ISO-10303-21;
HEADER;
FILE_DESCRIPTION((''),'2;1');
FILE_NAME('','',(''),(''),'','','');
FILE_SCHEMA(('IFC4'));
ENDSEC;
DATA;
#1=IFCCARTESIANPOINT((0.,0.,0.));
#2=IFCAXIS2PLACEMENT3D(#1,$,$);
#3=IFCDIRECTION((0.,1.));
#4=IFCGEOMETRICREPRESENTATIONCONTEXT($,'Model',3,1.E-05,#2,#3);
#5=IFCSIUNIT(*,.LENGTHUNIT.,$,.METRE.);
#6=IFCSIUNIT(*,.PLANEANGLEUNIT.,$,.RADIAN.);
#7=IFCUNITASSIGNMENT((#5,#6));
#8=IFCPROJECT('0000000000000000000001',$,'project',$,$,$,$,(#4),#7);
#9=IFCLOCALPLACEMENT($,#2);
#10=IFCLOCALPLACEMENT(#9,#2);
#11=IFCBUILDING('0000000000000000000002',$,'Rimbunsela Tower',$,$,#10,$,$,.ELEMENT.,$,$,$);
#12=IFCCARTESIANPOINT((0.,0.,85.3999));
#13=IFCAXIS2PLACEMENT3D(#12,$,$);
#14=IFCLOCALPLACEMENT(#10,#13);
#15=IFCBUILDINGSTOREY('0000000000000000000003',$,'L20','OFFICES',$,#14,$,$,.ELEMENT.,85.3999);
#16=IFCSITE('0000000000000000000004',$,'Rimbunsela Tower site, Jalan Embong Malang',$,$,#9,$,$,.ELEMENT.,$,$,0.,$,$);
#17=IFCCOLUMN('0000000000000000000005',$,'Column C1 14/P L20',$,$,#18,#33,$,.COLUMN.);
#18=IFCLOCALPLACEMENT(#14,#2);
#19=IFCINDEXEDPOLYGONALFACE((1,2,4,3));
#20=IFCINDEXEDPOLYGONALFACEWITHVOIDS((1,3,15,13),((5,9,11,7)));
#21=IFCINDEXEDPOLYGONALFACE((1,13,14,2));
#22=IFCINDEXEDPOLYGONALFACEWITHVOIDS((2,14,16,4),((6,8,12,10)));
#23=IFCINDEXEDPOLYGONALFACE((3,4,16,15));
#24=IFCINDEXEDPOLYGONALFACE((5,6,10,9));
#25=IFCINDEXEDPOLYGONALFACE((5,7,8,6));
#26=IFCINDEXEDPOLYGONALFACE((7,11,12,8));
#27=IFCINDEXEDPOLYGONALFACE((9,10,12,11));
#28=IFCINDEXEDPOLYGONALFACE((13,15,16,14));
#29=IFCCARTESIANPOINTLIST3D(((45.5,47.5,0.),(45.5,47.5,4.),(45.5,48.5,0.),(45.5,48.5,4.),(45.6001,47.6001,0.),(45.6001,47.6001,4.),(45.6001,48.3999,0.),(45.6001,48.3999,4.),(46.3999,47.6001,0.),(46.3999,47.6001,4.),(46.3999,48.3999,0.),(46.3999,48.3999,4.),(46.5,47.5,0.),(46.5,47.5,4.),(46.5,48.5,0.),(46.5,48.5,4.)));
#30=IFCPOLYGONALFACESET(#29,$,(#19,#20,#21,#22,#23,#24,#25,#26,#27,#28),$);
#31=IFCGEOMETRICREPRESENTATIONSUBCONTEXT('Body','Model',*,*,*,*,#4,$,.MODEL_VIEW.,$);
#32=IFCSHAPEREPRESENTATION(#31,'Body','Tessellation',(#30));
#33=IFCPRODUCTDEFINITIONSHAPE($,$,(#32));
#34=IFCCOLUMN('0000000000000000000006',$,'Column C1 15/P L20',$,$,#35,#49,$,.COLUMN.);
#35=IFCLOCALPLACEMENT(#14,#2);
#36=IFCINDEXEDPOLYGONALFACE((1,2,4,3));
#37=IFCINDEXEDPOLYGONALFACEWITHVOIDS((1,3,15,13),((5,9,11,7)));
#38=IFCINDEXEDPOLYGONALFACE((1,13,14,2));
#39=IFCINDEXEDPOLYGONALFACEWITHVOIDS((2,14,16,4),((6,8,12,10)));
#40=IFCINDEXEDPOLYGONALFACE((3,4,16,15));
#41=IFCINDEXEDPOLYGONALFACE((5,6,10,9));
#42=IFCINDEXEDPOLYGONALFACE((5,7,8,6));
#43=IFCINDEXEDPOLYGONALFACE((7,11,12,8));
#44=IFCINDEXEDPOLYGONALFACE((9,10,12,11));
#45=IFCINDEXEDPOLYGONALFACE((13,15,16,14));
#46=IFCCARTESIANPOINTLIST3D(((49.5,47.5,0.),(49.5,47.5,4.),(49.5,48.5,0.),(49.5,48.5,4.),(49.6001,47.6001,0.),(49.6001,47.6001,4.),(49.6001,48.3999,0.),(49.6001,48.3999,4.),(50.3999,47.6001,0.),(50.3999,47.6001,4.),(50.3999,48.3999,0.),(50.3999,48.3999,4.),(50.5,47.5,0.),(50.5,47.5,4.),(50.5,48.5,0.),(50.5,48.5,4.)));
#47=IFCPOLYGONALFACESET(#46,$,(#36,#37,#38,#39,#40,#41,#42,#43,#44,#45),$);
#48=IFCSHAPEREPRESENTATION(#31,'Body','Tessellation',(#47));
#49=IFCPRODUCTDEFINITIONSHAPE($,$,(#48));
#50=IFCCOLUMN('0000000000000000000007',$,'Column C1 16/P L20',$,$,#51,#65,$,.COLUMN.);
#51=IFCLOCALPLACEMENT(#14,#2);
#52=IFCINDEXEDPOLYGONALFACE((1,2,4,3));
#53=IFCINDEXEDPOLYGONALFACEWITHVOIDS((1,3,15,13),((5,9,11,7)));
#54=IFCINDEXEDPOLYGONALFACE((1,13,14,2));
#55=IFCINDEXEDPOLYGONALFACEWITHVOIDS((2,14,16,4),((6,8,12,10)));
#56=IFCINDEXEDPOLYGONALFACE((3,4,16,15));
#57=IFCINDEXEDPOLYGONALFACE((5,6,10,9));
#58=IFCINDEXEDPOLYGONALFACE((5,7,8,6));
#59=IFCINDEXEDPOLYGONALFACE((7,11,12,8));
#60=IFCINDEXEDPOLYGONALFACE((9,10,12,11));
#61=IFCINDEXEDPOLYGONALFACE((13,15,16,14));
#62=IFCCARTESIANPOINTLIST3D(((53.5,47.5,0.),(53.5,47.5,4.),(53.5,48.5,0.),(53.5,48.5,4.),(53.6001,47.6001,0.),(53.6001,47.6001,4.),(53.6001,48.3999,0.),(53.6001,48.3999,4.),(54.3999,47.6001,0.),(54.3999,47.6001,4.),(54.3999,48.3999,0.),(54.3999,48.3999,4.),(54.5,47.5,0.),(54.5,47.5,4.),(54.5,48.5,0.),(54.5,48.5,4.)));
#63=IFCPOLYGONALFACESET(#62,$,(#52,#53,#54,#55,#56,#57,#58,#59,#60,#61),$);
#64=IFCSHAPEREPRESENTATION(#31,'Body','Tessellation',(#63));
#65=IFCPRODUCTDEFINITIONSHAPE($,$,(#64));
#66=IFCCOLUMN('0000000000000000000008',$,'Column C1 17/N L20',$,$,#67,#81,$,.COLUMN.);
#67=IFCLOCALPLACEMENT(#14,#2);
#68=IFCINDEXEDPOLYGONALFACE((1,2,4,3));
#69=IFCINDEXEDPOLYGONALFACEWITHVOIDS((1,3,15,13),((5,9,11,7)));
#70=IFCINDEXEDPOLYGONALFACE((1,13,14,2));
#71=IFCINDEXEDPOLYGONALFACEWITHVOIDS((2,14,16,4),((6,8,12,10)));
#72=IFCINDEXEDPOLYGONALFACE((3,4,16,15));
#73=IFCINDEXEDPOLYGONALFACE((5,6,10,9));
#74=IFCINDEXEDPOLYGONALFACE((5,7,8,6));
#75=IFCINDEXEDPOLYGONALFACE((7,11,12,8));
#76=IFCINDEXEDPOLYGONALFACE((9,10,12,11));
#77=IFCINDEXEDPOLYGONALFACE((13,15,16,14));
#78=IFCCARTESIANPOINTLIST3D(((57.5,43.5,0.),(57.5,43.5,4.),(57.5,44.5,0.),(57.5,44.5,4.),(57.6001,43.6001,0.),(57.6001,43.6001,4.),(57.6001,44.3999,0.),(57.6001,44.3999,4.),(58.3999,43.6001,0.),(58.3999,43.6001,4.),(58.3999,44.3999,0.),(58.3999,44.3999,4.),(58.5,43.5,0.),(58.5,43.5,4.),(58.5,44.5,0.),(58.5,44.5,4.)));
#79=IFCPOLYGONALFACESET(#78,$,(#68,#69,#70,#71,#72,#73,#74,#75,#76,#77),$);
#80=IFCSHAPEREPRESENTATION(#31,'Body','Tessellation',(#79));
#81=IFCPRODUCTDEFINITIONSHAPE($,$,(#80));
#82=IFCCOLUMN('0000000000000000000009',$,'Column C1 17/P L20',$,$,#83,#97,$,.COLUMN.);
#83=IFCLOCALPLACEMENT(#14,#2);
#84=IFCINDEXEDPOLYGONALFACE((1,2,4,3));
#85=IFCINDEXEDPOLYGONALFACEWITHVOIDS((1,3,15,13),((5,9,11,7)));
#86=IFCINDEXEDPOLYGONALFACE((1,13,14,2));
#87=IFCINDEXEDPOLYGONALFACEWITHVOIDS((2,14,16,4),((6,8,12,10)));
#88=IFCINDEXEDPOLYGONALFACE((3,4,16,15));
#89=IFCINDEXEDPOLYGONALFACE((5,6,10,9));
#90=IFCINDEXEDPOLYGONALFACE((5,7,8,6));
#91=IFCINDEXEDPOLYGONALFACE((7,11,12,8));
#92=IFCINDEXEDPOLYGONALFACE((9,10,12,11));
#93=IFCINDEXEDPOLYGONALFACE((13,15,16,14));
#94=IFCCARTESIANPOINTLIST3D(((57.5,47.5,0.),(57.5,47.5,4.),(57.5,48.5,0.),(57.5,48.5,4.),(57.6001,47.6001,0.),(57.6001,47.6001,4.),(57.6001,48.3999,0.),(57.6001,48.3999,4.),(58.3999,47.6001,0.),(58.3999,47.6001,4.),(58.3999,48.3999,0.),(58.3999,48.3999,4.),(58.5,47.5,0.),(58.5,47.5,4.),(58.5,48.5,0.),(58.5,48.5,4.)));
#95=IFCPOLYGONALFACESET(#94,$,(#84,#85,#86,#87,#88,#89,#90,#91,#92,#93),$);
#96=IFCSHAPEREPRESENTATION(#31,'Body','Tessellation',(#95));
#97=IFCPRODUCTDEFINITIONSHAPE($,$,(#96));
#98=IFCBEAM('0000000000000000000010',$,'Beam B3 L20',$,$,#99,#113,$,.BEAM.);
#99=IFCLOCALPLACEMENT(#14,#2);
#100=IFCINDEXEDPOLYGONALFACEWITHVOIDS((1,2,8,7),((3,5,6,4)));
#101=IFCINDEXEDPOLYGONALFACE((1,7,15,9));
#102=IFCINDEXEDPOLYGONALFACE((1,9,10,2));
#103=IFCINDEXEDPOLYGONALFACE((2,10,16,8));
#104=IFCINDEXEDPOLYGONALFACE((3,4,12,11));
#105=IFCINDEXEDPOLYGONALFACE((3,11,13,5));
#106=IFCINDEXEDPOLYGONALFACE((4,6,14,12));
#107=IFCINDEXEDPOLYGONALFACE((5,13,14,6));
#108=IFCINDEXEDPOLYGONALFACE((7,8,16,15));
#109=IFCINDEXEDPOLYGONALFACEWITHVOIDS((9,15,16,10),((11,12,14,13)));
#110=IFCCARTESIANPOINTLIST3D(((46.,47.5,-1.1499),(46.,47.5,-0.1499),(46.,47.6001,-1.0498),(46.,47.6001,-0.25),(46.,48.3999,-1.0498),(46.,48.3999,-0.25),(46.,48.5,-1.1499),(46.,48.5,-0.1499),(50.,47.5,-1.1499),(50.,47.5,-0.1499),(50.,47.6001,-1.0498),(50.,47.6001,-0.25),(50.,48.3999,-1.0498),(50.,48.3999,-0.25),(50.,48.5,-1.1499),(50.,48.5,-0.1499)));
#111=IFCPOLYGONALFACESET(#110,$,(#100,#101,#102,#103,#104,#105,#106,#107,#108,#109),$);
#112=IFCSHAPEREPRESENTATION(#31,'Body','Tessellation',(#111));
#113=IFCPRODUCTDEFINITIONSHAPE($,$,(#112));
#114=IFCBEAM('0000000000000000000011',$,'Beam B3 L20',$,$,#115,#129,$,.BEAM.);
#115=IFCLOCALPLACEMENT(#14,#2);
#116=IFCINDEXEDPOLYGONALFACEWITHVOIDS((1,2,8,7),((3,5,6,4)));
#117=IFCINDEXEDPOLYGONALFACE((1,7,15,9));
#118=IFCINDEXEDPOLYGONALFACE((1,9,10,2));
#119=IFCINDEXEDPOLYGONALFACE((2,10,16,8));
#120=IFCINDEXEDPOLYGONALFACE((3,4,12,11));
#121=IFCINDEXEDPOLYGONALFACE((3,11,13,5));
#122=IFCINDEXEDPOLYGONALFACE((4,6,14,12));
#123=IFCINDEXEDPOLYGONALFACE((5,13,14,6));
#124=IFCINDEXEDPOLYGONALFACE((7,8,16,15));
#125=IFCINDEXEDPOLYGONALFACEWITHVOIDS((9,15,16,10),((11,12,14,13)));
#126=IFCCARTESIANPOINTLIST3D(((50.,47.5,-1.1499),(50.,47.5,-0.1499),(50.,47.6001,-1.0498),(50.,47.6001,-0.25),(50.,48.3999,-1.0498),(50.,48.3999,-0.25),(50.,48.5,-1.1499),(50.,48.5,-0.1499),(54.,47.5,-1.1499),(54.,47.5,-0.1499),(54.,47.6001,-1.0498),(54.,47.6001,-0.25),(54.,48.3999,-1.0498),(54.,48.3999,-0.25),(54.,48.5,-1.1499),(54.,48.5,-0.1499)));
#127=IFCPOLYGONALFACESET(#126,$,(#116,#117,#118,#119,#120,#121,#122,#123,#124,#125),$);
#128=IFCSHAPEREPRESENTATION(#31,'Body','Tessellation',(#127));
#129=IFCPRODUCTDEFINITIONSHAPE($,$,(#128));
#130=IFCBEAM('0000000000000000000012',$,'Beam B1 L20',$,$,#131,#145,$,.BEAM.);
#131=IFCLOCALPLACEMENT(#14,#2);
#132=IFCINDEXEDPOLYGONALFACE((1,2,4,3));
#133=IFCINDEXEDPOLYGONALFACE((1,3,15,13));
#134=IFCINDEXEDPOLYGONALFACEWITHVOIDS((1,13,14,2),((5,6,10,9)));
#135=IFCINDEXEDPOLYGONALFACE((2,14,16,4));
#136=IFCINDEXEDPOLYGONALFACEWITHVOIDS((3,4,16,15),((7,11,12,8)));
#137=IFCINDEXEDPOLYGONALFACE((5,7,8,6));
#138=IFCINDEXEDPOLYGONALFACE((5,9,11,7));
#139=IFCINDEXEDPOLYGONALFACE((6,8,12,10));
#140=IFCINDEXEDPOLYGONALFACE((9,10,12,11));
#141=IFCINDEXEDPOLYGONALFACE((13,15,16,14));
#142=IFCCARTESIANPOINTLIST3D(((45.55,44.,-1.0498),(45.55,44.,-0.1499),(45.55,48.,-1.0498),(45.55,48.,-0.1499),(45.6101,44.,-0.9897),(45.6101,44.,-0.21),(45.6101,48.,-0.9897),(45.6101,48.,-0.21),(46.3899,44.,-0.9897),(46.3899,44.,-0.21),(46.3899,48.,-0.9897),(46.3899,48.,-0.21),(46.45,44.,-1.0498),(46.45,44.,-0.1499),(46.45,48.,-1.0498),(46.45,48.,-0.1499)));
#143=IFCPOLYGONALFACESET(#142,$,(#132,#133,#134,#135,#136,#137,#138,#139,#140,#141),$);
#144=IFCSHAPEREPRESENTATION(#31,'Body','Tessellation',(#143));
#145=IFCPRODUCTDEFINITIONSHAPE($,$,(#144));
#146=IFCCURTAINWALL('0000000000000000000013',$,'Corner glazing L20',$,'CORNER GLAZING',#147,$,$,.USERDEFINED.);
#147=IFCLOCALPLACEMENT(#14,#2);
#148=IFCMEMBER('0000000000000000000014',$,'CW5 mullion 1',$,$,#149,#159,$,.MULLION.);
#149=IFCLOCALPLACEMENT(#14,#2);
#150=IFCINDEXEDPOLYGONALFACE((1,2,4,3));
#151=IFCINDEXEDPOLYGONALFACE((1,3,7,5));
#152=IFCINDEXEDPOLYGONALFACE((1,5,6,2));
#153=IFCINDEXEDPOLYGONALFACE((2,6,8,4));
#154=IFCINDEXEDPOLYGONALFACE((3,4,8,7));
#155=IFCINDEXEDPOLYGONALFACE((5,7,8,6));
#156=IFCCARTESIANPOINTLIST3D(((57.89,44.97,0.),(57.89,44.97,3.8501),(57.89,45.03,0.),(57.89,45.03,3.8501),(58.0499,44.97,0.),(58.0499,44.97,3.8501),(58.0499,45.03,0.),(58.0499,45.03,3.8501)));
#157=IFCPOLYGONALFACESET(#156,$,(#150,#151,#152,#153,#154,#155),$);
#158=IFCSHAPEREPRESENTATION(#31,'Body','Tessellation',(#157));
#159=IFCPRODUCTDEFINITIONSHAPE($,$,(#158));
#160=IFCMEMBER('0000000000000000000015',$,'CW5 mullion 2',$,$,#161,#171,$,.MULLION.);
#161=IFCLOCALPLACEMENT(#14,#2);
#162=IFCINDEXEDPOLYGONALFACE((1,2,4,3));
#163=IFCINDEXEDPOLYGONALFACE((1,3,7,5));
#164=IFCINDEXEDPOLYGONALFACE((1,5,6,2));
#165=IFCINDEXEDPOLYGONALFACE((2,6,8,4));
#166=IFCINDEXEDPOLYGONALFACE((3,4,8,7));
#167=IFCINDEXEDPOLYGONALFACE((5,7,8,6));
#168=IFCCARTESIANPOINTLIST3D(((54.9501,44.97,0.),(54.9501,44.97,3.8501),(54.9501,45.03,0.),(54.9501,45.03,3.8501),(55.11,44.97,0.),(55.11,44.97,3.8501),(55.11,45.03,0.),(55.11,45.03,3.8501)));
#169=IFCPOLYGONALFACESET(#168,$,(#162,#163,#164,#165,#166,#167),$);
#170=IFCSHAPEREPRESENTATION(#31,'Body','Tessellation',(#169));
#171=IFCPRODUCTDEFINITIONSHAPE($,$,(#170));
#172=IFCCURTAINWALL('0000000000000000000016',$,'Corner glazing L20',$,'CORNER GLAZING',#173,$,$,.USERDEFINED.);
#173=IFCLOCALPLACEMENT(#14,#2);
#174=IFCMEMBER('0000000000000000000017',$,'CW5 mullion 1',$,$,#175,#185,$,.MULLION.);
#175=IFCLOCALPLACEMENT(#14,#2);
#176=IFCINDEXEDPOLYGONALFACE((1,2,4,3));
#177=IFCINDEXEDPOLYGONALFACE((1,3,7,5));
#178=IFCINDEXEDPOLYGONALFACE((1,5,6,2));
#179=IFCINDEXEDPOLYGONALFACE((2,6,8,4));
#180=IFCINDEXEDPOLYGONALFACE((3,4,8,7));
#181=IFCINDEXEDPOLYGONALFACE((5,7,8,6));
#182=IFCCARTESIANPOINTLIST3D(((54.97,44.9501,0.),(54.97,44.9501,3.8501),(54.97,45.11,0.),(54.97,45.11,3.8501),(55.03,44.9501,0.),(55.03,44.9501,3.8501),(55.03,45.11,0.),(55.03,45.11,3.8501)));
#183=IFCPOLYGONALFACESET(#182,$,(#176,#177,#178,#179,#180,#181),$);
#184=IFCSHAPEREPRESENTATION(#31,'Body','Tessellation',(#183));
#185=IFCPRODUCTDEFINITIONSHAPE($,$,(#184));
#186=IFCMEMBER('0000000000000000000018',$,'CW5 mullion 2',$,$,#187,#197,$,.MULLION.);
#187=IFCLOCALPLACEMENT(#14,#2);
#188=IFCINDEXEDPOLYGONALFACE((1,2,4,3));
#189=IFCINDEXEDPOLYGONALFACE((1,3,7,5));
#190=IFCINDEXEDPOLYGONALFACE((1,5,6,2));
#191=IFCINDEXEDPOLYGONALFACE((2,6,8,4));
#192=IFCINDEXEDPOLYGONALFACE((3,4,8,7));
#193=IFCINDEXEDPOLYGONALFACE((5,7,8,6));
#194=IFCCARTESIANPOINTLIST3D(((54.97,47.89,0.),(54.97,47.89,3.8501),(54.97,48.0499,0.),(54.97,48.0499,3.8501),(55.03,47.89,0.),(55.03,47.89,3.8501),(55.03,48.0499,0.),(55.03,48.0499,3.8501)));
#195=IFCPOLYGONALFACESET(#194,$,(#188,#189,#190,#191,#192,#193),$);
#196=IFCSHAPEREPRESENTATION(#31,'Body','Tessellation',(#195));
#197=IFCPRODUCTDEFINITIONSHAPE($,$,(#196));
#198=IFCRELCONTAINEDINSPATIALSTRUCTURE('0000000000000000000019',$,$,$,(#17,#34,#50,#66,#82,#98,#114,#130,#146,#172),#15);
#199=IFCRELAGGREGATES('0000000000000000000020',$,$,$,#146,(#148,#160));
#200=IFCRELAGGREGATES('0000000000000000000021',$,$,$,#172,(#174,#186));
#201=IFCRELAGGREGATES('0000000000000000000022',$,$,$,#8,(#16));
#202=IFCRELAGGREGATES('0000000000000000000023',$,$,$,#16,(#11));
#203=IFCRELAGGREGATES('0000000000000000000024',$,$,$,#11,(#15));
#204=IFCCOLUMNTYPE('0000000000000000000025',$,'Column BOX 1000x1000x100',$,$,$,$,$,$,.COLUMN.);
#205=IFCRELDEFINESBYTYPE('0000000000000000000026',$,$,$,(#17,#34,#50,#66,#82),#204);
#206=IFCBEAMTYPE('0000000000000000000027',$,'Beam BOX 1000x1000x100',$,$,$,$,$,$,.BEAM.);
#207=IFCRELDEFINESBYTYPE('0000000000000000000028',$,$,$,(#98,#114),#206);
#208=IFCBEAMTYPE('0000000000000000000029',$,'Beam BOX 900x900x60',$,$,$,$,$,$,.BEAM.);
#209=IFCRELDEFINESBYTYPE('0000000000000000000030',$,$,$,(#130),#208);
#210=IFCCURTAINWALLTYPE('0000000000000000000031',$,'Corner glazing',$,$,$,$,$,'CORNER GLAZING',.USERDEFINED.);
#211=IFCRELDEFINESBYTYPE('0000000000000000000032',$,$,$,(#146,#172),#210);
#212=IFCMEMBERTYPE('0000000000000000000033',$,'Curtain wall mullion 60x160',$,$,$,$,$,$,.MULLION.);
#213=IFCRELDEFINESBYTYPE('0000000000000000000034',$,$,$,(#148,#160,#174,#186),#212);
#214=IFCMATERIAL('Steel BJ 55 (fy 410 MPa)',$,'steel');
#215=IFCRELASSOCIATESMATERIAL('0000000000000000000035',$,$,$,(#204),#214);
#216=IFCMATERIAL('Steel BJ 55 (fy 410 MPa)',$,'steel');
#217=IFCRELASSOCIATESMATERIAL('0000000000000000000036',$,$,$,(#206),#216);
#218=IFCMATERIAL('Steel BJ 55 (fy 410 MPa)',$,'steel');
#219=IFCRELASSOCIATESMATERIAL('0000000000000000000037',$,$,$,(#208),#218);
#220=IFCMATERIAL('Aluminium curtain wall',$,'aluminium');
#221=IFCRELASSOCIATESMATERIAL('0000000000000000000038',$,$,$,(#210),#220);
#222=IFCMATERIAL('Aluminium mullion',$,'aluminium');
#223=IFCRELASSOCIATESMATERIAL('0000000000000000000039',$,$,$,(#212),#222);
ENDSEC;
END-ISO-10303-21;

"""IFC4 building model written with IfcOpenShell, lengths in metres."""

from ifc_helpers import new_model, si_unit, direction, frame, origin, origin_2d, place, context, subcontext, project, spatial, rectangle, hollow_rectangle, extrude, material, material_profile, profile_set, type_object, element, aggregate, save


model = new_model("IFC4")

# Units and contexts
model_context = context("Model", 3, precision=1e-05, world=origin(), true_north=direction((0.0, 1.0)))
body_context = subcontext(model_context, "Body", "Model", "MODEL_VIEW")
ifc_project = project(units=[si_unit("LENGTHUNIT", "METRE"), si_unit("PLANEANGLEUNIT", "RADIAN")], contexts=[model_context])

# Site, building, storey
site_placement = place(None, origin())
site = spatial("IfcSite", under=ifc_project, at=site_placement, Name="Rimbunsela Tower site, Jalan Embong Malang", CompositionType="ELEMENT", RefElevation=0.0)
building_placement = place(site_placement, origin())
building = spatial("IfcBuilding", under=site, at=building_placement, Name="Rimbunsela Tower", CompositionType="ELEMENT")
storey_placement = place(building_placement, frame((0.0, 0.0, 85.3999)))
storey = spatial("IfcBuildingStorey", under=building, at=storey_placement, Name="L20", Description="OFFICES", CompositionType="ELEMENT", Elevation=85.3999)

# Columns
ifc_material_1 = material(Name="Steel BJ 55 (fy 410 MPa)", Category="steel")
ifc_material_profile_1 = material_profile(ifc_material_1, hollow_rectangle(XDim=1.0, YDim=1.0, WallThickness=0.1001, at=origin_2d()), Name="BOX 1000x1000x100")
ifc_profile_set_1 = profile_set([ifc_material_profile_1], Name="Steel BJ 55 (fy 410 MPa)")
column_type = type_object("IfcColumnType", Name="Column BOX 1000x1000x100", PredefinedType="COLUMN", material=ifc_profile_set_1)
for number, where, z_axis, x_axis, name in (
    (1, (46.0, 48.0, 0.0), (0.0, 0.0, 1.0), (1.0, 0.0, 0.0), "Column C1 14/P L20"),
    (2, (50.0, 48.0, 0.0), (0.0, 0.0, 1.0), (1.0, 0.0, 0.0), "Column C1 15/P L20"),
    (3, (54.0, 48.0, 0.0), (0.0, 0.0, 1.0), (1.0, 0.0, 0.0), "Column C1 16/P L20"),
    (4, (58.0, 44.0, 0.0), (0.0, 0.0, 1.0), (1.0, 0.0, 0.0), "Column C1 17/N L20"),
    (5, (58.0, 48.0, 0.0), (0.0, 0.0, 1.0), (1.0, 0.0, 0.0), "Column C1 17/P L20"),
):
    element("IfcColumn", number, at=place(storey_placement, frame(where, z_axis=z_axis, x_axis=x_axis)), inside=storey, type_object=column_type, Name=name, PredefinedType="COLUMN", context=body_context, shape_type="SweptSolid", body=[
        extrude(hollow_rectangle(XDim=1.0, YDim=1.0, WallThickness=0.1001, at=origin_2d()), origin(), (0.0, 0.0, 1.0), 4.0),
    ])

# Beams
ifc_material_2 = material(Name="Steel BJ 55 (fy 410 MPa)", Category="steel")
ifc_material_profile_2 = material_profile(ifc_material_2, hollow_rectangle(XDim=1.0, YDim=1.0, WallThickness=0.1001, at=origin_2d()), Name="BOX 1000x1000x100")
ifc_profile_set_2 = profile_set([ifc_material_profile_2], Name="Steel BJ 55 (fy 410 MPa)")
beam_type_1 = type_object("IfcBeamType", Name="Beam BOX 1000x1000x100", PredefinedType="BEAM", material=ifc_profile_set_2)
for number, where, z_axis, x_axis, name in (
    (6, (46.0, 48.0, -0.6499), (1.0, 0.0, 0.0), (0.0, 1.0, 0.0), "Beam B3 L20"),
    (7, (50.0, 48.0, -0.6499), (1.0, 0.0, 0.0), (0.0, 1.0, 0.0), "Beam B3 L20"),
):
    element("IfcBeam", number, at=place(storey_placement, frame(where, z_axis=z_axis, x_axis=x_axis)), inside=storey, type_object=beam_type_1, Name=name, PredefinedType="BEAM", context=body_context, shape_type="SweptSolid", body=[
        extrude(hollow_rectangle(XDim=1.0, YDim=1.0, WallThickness=0.1001, at=origin_2d()), origin(), (0.0, 0.0, 1.0), 4.0),
    ])
ifc_material_3 = material(Name="Steel BJ 55 (fy 410 MPa)", Category="steel")
ifc_material_profile_3 = material_profile(ifc_material_3, hollow_rectangle(XDim=0.8999, YDim=0.8999, WallThickness=0.0601, at=origin_2d()), Name="BOX 900x900x60")
ifc_profile_set_3 = profile_set([ifc_material_profile_3], Name="Steel BJ 55 (fy 410 MPa)")
beam_type_2 = type_object("IfcBeamType", Name="Beam BOX 900x900x60", PredefinedType="BEAM", material=ifc_profile_set_3)
beam_placement = place(storey_placement, frame((46.0, 44.0, -0.5999), z_axis=(0.0, 1.0, 0.0), x_axis=(-1.0, 0.0, 0.0)))
element("IfcBeam", 8, at=beam_placement, inside=storey, type_object=beam_type_2, Name="Beam B1 L20", PredefinedType="BEAM", context=body_context, shape_type="SweptSolid", body=[
    extrude(hollow_rectangle(XDim=0.8999, YDim=0.8999, WallThickness=0.0601, at=origin_2d()), origin(), (0.0, 0.0, 1.0), 4.0),
])

# Curtain walls, members
ifc_material_4 = material(Name="Aluminium curtain wall", Category="aluminium")
curtain_wall_type = type_object("IfcCurtainWallType", Name="Corner glazing", ElementType="CORNER GLAZING", PredefinedType="USERDEFINED", material=ifc_material_4)
curtain_wall_1_placement = place(storey_placement, origin())
curtain_wall_1 = element("IfcCurtainWall", 9, at=curtain_wall_1_placement, inside=storey, type_object=curtain_wall_type, Name="Corner glazing L20", ObjectType="CORNER GLAZING", PredefinedType="USERDEFINED")
ifc_material_5 = material(Name="Aluminium mullion", Category="aluminium")
ifc_material_profile_4 = material_profile(ifc_material_5, rectangle(XDim=0.0601, YDim=0.1599, at=origin_2d()), Name="Mullion 60x160")
ifc_profile_set_4 = profile_set([ifc_material_profile_4], Name="Aluminium mullion")
member_type_1 = type_object("IfcMemberType", Name="Curtain wall mullion 60x160", PredefinedType="MULLION", material=ifc_profile_set_4)
member_1_placement = place(storey_placement, frame((57.97, 45.0, 0.0), z_axis=(0.0, 0.0, 1.0), x_axis=(0.0, -1.0, 0.0)))
member_1 = element("IfcMember", 10, at=member_1_placement, type_object=member_type_1, Name="CW5 mullion 1", PredefinedType="MULLION", context=body_context, shape_type="SweptSolid", body=[
    extrude(rectangle(XDim=0.0601, YDim=0.1599, at=origin_2d()), origin(), (0.0, 0.0, 1.0), 3.8501),
])
member_2_placement = place(storey_placement, frame((55.03, 45.0, 0.0), z_axis=(0.0, 0.0, 1.0), x_axis=(0.0, -1.0, 0.0)))
member_2 = element("IfcMember", 11, at=member_2_placement, type_object=member_type_1, Name="CW5 mullion 2", PredefinedType="MULLION", context=body_context, shape_type="SweptSolid", body=[
    extrude(rectangle(XDim=0.0601, YDim=0.1599, at=origin_2d()), origin(), (0.0, 0.0, 1.0), 3.8501),
])
curtain_wall_2_placement = place(storey_placement, origin())
curtain_wall_2 = element("IfcCurtainWall", 12, at=curtain_wall_2_placement, inside=storey, type_object=curtain_wall_type, Name="Corner glazing L20", ObjectType="CORNER GLAZING", PredefinedType="USERDEFINED")
member_3_placement = place(storey_placement, frame((55.0, 45.03, 0.0), z_axis=(0.0, 0.0, 1.0), x_axis=(-1.0, 0.0, 0.0)))
member_3 = element("IfcMember", 13, at=member_3_placement, type_object=member_type_1, Name="CW5 mullion 1", PredefinedType="MULLION", context=body_context, shape_type="SweptSolid", body=[
    extrude(rectangle(XDim=0.0601, YDim=0.1599, at=origin_2d()), origin(), (0.0, 0.0, 1.0), 3.8501),
])
member_4_placement = place(storey_placement, frame((55.0, 47.97, 0.0), z_axis=(0.0, 0.0, 1.0), x_axis=(-1.0, 0.0, 0.0)))
member_4 = element("IfcMember", 14, at=member_4_placement, type_object=member_type_1, Name="CW5 mullion 2", PredefinedType="MULLION", context=body_context, shape_type="SweptSolid", body=[
    extrude(rectangle(XDim=0.0601, YDim=0.1599, at=origin_2d()), origin(), (0.0, 0.0, 1.0), 3.8501),
])

aggregate(curtain_wall_1, [member_1, member_2])
aggregate(curtain_wall_2, [member_3, member_4])

save(model, "model.ifc")
